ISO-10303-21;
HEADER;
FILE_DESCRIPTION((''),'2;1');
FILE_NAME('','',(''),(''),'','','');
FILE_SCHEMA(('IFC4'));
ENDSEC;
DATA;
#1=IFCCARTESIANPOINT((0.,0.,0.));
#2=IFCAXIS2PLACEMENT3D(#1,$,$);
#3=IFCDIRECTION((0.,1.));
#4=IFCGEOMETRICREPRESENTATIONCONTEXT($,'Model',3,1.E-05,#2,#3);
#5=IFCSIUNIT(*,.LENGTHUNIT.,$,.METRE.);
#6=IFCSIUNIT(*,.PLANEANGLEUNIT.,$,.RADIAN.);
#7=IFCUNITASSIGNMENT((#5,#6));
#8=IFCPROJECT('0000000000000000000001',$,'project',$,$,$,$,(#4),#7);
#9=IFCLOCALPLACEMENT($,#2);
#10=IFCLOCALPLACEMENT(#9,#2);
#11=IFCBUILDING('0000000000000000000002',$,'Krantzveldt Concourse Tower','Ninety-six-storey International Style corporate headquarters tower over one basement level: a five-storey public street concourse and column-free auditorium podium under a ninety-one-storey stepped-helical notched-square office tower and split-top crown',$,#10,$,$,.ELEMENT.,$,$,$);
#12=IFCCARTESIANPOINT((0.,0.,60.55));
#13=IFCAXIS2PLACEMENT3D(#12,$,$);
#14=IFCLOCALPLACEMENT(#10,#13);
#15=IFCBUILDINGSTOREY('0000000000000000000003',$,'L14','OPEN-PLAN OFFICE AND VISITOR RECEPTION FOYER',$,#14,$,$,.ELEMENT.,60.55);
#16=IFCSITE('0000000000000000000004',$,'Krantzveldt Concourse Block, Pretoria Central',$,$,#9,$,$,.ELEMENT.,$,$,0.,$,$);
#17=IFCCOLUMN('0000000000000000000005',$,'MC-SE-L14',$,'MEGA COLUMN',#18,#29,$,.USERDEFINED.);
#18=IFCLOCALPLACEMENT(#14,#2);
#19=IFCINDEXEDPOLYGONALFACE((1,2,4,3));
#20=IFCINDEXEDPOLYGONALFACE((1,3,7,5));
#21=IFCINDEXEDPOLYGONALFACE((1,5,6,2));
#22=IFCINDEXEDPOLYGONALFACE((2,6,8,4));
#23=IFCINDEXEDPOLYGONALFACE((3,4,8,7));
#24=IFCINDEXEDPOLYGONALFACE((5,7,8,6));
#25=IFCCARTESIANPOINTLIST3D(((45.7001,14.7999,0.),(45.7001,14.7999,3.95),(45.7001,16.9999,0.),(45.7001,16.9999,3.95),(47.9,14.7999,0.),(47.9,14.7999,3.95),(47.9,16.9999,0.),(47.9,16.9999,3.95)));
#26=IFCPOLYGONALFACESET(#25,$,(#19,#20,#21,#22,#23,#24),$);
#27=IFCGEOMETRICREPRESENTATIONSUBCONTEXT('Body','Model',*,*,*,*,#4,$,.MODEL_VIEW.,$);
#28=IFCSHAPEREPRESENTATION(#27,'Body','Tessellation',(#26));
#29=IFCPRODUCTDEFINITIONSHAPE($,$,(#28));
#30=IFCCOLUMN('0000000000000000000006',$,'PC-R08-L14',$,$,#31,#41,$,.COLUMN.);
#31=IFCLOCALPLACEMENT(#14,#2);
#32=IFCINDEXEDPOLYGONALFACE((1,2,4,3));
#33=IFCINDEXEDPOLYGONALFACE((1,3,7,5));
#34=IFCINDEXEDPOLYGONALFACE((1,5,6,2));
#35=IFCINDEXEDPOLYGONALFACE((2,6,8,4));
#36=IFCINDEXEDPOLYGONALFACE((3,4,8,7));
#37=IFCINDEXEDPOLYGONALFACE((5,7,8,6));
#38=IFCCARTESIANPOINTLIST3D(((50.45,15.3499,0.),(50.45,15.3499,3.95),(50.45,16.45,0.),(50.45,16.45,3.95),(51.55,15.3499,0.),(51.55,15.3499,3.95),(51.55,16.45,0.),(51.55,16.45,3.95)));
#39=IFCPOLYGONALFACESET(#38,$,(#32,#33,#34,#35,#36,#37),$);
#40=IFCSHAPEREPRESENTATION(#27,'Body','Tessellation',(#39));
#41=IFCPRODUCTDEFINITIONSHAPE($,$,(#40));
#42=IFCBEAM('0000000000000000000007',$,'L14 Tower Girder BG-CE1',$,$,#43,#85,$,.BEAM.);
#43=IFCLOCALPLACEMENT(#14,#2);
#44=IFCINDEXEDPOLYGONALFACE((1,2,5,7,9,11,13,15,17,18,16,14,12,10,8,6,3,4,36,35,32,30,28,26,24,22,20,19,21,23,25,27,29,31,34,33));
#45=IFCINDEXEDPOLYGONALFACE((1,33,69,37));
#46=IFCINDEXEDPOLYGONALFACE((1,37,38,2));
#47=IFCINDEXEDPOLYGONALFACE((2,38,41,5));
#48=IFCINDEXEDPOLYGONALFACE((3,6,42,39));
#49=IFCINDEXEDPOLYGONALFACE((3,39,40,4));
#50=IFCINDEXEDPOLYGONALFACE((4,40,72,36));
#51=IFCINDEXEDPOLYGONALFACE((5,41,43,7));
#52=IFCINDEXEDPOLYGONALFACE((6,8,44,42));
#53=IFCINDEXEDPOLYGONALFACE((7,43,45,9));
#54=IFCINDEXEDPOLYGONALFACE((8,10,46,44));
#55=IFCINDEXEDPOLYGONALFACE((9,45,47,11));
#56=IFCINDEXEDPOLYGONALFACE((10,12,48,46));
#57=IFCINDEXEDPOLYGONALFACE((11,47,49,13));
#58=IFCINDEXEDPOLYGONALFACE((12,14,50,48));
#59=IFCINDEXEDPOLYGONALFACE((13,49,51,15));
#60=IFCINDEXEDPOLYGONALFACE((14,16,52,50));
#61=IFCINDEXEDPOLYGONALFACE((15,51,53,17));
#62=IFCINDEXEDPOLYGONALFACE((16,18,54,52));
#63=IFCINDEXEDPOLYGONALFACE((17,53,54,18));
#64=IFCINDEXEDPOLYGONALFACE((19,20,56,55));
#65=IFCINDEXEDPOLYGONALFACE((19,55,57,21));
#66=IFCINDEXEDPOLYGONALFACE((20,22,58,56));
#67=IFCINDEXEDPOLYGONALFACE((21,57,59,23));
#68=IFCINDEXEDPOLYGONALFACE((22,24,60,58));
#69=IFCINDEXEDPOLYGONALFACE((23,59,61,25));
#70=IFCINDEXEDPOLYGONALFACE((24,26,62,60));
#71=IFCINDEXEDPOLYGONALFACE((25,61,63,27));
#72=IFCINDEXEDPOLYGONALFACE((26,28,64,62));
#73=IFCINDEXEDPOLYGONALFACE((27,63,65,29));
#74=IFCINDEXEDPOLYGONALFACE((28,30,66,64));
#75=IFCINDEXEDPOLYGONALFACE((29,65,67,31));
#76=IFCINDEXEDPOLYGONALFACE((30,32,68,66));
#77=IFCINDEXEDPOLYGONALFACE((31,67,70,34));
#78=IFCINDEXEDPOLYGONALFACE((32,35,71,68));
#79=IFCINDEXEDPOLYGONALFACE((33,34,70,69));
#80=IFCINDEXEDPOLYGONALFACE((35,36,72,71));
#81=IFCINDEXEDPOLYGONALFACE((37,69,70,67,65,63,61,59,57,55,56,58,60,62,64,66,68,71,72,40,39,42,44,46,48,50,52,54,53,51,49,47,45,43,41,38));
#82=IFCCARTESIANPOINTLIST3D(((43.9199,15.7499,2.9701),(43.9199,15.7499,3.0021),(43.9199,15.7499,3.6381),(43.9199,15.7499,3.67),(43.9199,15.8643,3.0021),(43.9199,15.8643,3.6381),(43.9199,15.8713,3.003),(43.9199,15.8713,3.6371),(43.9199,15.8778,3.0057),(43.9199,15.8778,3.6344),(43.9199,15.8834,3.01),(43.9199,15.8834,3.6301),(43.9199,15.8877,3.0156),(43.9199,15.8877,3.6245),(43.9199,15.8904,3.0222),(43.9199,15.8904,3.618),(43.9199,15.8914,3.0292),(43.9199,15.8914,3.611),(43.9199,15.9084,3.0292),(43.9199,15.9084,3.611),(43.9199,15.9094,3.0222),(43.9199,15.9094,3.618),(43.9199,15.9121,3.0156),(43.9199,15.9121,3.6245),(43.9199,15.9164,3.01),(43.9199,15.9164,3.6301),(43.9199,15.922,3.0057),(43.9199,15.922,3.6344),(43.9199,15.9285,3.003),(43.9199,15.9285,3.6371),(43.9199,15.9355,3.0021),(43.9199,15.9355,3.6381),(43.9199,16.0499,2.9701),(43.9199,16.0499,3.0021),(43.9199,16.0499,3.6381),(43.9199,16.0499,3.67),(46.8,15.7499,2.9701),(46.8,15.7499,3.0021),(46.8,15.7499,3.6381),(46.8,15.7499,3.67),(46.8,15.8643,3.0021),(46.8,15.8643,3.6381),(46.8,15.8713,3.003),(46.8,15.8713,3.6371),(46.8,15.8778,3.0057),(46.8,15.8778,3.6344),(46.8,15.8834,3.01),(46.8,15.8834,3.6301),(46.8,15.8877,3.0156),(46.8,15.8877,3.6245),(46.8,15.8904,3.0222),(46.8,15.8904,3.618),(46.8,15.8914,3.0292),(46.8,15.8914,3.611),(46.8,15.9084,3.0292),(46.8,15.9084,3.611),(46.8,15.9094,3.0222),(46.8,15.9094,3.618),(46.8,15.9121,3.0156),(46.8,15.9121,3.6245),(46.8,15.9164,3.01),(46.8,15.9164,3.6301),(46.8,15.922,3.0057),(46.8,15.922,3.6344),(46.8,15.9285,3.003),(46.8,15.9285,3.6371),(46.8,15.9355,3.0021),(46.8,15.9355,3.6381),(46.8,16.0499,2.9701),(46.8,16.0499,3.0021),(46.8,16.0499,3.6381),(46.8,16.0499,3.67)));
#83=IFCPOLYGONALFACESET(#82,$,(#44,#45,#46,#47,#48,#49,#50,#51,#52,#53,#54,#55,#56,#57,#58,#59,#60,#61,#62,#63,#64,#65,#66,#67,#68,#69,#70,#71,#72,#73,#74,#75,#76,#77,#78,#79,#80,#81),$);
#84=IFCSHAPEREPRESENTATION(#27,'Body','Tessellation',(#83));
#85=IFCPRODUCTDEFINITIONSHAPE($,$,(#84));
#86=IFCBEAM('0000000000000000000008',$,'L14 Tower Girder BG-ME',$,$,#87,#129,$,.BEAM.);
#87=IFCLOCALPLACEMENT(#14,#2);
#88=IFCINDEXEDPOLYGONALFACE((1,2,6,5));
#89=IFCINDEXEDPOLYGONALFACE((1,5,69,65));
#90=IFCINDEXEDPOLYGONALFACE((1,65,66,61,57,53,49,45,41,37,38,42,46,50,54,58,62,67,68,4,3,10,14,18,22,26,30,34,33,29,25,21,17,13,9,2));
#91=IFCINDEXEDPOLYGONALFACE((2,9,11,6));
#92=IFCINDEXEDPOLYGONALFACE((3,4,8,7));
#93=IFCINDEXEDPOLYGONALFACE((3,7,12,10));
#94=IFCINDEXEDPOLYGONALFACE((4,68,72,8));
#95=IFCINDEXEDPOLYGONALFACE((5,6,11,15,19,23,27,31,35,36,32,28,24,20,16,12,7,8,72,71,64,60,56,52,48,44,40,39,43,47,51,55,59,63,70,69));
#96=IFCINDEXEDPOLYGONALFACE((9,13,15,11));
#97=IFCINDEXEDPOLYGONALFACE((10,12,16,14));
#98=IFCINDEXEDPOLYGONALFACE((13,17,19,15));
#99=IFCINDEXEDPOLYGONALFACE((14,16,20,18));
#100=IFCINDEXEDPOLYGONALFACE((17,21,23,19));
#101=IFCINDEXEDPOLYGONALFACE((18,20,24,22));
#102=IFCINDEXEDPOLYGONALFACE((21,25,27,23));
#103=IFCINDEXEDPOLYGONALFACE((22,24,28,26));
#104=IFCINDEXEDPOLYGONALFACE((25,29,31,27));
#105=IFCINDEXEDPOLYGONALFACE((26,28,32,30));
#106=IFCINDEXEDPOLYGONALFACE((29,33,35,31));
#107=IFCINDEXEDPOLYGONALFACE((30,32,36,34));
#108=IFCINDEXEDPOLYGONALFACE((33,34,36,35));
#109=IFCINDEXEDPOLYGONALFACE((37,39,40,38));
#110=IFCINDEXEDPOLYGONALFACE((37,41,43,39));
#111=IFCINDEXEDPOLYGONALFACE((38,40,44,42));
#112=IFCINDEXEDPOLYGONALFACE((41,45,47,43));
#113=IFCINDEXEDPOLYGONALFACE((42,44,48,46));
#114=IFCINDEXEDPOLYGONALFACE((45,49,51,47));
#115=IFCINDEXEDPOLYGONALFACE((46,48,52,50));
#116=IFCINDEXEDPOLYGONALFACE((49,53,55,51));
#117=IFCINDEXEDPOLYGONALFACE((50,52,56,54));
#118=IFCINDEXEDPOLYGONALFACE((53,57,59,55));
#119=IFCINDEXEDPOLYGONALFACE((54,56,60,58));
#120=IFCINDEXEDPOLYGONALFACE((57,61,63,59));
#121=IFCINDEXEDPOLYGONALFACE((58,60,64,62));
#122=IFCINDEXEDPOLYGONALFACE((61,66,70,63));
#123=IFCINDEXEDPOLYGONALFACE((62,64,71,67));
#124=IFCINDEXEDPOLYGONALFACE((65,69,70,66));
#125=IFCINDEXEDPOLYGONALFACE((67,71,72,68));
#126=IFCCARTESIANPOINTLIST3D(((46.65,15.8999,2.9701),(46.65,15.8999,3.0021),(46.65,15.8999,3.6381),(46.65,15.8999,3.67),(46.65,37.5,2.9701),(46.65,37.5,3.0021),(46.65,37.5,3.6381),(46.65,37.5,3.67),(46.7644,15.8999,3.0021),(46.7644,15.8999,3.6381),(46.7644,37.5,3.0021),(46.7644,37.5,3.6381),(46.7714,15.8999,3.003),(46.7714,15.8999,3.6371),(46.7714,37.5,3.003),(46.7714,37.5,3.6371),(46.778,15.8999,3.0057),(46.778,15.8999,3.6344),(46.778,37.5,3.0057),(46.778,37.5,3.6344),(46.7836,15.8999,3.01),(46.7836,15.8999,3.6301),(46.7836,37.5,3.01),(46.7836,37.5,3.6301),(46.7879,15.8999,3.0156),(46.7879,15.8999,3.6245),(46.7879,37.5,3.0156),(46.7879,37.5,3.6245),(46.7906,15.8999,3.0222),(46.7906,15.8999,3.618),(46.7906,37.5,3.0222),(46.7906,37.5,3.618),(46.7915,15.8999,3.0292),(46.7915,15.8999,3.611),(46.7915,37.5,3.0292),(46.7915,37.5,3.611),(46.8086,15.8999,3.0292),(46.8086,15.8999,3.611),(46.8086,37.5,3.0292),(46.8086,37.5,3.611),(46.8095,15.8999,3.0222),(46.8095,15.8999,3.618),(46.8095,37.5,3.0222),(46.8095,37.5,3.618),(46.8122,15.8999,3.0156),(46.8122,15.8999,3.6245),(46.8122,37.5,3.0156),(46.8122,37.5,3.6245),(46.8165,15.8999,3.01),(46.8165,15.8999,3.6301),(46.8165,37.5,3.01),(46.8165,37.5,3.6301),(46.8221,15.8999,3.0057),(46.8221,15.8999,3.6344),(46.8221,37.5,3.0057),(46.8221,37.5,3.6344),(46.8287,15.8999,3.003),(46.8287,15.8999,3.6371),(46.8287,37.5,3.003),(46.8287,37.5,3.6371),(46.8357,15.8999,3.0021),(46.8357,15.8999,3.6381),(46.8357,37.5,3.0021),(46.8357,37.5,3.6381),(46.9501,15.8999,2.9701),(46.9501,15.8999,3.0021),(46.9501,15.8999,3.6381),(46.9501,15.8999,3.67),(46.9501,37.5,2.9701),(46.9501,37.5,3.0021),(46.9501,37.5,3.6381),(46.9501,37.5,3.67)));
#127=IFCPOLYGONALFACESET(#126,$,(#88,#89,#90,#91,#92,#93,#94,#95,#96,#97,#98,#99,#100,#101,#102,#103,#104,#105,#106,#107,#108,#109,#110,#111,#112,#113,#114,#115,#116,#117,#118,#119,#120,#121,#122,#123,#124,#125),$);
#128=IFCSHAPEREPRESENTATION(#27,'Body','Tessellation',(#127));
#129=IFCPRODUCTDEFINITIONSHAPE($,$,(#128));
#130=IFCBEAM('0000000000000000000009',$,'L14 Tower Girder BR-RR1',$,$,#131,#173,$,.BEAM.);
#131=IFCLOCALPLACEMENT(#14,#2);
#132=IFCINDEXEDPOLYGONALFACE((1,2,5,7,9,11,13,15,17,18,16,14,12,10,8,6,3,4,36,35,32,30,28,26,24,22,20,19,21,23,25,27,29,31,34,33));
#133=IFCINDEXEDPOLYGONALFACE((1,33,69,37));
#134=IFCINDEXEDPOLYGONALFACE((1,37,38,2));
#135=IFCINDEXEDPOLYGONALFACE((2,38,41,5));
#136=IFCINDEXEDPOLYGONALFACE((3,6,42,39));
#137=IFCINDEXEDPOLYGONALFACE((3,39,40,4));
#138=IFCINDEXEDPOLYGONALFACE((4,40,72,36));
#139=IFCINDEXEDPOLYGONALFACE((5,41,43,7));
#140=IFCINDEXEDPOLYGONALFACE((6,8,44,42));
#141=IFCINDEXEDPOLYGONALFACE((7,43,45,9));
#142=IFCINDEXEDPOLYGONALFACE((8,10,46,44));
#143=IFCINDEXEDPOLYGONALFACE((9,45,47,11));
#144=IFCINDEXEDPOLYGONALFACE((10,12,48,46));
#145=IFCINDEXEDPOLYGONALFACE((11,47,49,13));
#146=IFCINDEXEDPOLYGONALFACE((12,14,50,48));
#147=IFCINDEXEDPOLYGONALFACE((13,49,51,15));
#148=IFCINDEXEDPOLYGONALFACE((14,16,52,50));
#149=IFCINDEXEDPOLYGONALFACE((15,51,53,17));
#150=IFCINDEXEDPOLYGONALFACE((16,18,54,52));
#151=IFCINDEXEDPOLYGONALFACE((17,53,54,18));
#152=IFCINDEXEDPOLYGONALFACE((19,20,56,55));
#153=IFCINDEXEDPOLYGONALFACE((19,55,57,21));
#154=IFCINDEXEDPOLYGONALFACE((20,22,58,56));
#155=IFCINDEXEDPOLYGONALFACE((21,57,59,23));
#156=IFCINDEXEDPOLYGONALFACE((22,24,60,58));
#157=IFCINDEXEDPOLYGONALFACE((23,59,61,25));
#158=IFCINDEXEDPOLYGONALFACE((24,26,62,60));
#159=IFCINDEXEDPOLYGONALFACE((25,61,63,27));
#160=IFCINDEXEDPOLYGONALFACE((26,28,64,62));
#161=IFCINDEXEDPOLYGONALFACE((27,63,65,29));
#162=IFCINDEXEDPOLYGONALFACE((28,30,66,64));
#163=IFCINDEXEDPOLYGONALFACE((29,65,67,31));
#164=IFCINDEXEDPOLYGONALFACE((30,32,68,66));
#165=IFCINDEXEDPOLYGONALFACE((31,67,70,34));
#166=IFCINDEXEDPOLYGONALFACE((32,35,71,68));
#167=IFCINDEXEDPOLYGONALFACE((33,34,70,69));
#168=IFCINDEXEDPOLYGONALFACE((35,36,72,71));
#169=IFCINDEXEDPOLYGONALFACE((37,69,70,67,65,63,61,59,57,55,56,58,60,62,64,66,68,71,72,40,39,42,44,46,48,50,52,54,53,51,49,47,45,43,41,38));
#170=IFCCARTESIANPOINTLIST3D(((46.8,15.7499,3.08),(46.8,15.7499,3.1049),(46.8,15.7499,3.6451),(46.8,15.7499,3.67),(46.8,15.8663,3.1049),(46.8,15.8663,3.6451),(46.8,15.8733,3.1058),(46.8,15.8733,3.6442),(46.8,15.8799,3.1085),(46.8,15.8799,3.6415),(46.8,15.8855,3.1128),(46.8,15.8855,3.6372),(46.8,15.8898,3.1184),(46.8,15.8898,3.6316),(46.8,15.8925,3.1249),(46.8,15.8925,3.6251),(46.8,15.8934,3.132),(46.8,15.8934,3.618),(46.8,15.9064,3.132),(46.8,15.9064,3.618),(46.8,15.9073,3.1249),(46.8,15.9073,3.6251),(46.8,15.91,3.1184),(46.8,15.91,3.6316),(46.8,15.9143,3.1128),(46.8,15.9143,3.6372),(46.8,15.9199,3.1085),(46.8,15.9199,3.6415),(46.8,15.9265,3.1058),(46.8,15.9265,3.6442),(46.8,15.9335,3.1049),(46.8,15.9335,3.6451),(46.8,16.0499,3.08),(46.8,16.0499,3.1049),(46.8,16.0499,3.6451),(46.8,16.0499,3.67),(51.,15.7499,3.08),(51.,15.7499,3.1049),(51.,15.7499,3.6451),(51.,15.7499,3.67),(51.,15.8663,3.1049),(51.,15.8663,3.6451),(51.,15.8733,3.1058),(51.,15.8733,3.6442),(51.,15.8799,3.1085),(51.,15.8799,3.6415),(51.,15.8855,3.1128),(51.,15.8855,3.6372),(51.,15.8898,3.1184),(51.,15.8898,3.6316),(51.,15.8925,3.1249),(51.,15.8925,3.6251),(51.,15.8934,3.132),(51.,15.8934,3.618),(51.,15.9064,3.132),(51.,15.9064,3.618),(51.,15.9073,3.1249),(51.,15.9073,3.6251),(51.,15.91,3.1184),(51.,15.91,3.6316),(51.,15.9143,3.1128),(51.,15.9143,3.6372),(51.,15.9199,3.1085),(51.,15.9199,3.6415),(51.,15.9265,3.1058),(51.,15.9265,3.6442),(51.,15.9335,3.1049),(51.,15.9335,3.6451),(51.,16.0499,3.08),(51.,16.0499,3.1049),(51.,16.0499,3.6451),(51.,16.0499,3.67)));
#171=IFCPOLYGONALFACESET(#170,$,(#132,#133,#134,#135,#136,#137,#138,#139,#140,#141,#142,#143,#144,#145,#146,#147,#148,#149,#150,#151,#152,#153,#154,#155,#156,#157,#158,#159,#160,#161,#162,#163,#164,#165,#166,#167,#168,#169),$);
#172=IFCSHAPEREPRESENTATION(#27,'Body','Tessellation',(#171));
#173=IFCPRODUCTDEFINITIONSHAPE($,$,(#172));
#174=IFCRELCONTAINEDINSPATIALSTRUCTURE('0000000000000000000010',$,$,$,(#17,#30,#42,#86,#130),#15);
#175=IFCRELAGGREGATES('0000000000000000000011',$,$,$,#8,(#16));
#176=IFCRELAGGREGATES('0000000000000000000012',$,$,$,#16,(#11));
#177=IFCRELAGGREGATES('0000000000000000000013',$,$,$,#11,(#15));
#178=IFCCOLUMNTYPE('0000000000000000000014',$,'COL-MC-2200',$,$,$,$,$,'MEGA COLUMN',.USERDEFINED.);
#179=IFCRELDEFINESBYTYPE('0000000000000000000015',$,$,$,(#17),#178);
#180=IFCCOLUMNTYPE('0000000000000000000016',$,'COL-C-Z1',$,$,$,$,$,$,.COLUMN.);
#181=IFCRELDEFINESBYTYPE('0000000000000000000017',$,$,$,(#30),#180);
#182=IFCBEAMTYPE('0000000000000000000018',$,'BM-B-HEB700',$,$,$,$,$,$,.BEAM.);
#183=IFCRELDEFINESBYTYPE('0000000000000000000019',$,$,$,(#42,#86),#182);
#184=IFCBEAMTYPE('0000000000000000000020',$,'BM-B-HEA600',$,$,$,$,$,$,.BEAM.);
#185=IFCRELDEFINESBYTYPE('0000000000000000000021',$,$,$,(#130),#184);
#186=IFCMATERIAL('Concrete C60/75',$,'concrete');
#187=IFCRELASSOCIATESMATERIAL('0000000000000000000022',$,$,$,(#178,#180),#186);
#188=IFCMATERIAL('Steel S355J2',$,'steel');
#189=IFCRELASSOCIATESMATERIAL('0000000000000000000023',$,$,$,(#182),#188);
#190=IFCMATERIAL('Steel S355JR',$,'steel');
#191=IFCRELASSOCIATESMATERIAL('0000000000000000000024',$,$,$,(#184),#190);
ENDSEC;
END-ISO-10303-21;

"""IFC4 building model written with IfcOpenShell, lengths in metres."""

from ifc_helpers import new_model, si_unit, direction, frame, origin, origin_2d, place, context, subcontext, project, spatial, rectangle, i_section, extrude, source, transform, mapped, material, material_profile, profile_set, type_object, type_shapes, element, save


model = new_model("IFC4")

# Units and contexts
model_context = context("Model", 3, precision=1e-05, world=origin(), true_north=direction((0.0, 1.0)))
body_context = subcontext(model_context, "Body", "Model", "MODEL_VIEW")
ifc_project = project(units=[si_unit("LENGTHUNIT", "METRE"), si_unit("PLANEANGLEUNIT", "RADIAN")], contexts=[model_context])

# Site, building, storey
site_placement = place(None, origin())
site = spatial("IfcSite", under=ifc_project, at=site_placement, Name="Krantzveldt Concourse Block, Pretoria Central", CompositionType="ELEMENT", RefElevation=0.0)
building_placement = place(site_placement, origin())
building = spatial("IfcBuilding", under=site, at=building_placement, Name="Krantzveldt Concourse Tower", Description="Ninety-six-storey International Style corporate headquarters tower over one basement level: a five-storey public street concourse and column-free auditorium podium under a ninety-one-storey stepped-helical notched-square office tower and split-top crown", CompositionType="ELEMENT")
storey_placement = place(building_placement, frame((0.0, 0.0, 60.55)))
storey = spatial("IfcBuildingStorey", under=building, at=storey_placement, Name="L14", Description="OPEN-PLAN OFFICE AND VISITOR RECEPTION FOYER", CompositionType="ELEMENT", Elevation=60.55)

# Columns
ifc_material_1 = material(Name="Concrete C60/75", Category="concrete")
ifc_material_profile_1 = material_profile(ifc_material_1, rectangle(XDim=2.2, YDim=2.2, at=origin_2d()), Name="Concrete C60/75", Category="concrete")
ifc_profile_set_1 = profile_set([ifc_material_profile_1], Name="Concrete C60/75 - RC 2200x2200")
column_type_1 = type_object("IfcColumnType", Name="COL-MC-2200", ElementType="MEGA COLUMN", PredefinedType="USERDEFINED", material=ifc_profile_set_1)
shared_shape_1 = source(origin(), body_context, "Body", "SweptSolid", [
    extrude(rectangle(XDim=2.2, YDim=2.2, at=origin_2d()), origin(), (0.0, 0.0, 1.0), 3.95),
])
type_shapes(column_type_1, [shared_shape_1])
column_1_placement = place(storey_placement, frame((46.8, 15.8999, 0.0), z_axis=(0.0, 0.0, 1.0), x_axis=(1.0, 0.0, 0.0)))
element("IfcColumn", 1, at=column_1_placement, inside=storey, type_object=column_type_1, Name="MC-SE-L14", ObjectType="MEGA COLUMN", PredefinedType="USERDEFINED", context=body_context, shape_type="MappedRepresentation", body=[
    mapped(shared_shape_1, transform((0.0, 0.0, 0.0), x_axis=(1.0, 0.0, 0.0), y_axis=(0.0, 1.0, 0.0), z_axis=(0.0, 0.0, 1.0), scale=1.0)),
])
ifc_material_profile_2 = material_profile(ifc_material_1, rectangle(XDim=1.1001, YDim=1.1001, at=origin_2d()), Name="Concrete C60/75", Category="concrete")
ifc_profile_set_2 = profile_set([ifc_material_profile_2], Name="Concrete C60/75 - RC 1100x1100")
column_type_2 = type_object("IfcColumnType", Name="COL-C-Z1", PredefinedType="COLUMN", material=ifc_profile_set_2)
shared_shape_2 = source(origin(), body_context, "Body", "SweptSolid", [
    extrude(rectangle(XDim=1.1001, YDim=1.1001, at=origin_2d()), origin(), (0.0, 0.0, 1.0), 3.95),
])
type_shapes(column_type_2, [shared_shape_2])
column_2_placement = place(storey_placement, frame((51.0, 15.8999, 0.0), z_axis=(0.0, 0.0, 1.0), x_axis=(1.0, 0.0, 0.0)))
element("IfcColumn", 2, at=column_2_placement, inside=storey, type_object=column_type_2, Name="PC-R08-L14", PredefinedType="COLUMN", context=body_context, shape_type="MappedRepresentation", body=[
    mapped(shared_shape_2, transform((0.0, 0.0, 0.0), x_axis=(1.0, 0.0, 0.0), y_axis=(0.0, 1.0, 0.0), z_axis=(0.0, 0.0, 1.0), scale=1.0)),
])

# Beams
ifc_material_2 = material(Name="Steel S355J2", Category="steel")
ifc_material_profile_3 = material_profile(ifc_material_2, i_section(OverallWidth=0.3, OverallDepth=0.7, WebThickness=0.0171, FlangeThickness=0.032, FilletRadius=0.0271, at=origin_2d()), Name="Steel S355J2", Category="steel")
ifc_profile_set_3 = profile_set([ifc_material_profile_3], Name="Steel S355J2 - HEB 700")
beam_type_1 = type_object("IfcBeamType", Name="BM-B-HEB700", PredefinedType="BEAM", material=ifc_profile_set_3)
shared_shape_3 = source(origin(), body_context, "Body", "SweptSolid", [
    extrude(i_section(OverallWidth=0.3, OverallDepth=0.7, WebThickness=0.0171, FlangeThickness=0.032, FilletRadius=0.0271, at=origin_2d()), origin(), (0.0, 0.0, 1.0), 2.8801),
])
beam_1_placement = place(storey_placement, frame((43.9199, 15.8999, 3.3201), z_axis=(1.0, 0.0, 0.0), x_axis=(0.0, 1.0, 0.0)))
element("IfcBeam", 3, at=beam_1_placement, inside=storey, type_object=beam_type_1, Name="L14 Tower Girder BG-CE1", PredefinedType="BEAM", context=body_context, shape_type="MappedRepresentation", body=[
    mapped(shared_shape_3, transform((0.0, 0.0, 0.0), x_axis=(1.0, 0.0, 0.0), y_axis=(0.0, 1.0, 0.0), z_axis=(0.0, 0.0, 1.0), scale=1.0)),
])
shared_shape_4 = source(origin(), body_context, "Body", "SweptSolid", [
    extrude(i_section(OverallWidth=0.3, OverallDepth=0.7, WebThickness=0.0171, FlangeThickness=0.032, FilletRadius=0.0271, at=origin_2d()), origin(), (0.0, 0.0, 1.0), 21.6001),
])
type_shapes(beam_type_1, [shared_shape_3, shared_shape_4])
beam_2_placement = place(storey_placement, frame((46.8, 15.8999, 3.3201), z_axis=(0.0, 1.0, 0.0), x_axis=(-1.0, 0.0, 0.0)))
element("IfcBeam", 4, at=beam_2_placement, inside=storey, type_object=beam_type_1, Name="L14 Tower Girder BG-ME", PredefinedType="BEAM", context=body_context, shape_type="MappedRepresentation", body=[
    mapped(shared_shape_4, transform((0.0, 0.0, 0.0), x_axis=(1.0, 0.0, 0.0), y_axis=(0.0, 1.0, 0.0), z_axis=(0.0, 0.0, 1.0), scale=1.0)),
])
ifc_material_3 = material(Name="Steel S355JR", Category="steel")
ifc_material_profile_4 = material_profile(ifc_material_3, i_section(OverallWidth=0.3, OverallDepth=0.5901, WebThickness=0.0129, FlangeThickness=0.0249, FilletRadius=0.0271, at=origin_2d()), Name="Steel S355JR", Category="steel")
ifc_profile_set_4 = profile_set([ifc_material_profile_4], Name="Steel S355JR - HEA 600")
beam_type_2 = type_object("IfcBeamType", Name="BM-B-HEA600", PredefinedType="BEAM", material=ifc_profile_set_4)
shared_shape_5 = source(origin(), body_context, "Body", "SweptSolid", [
    extrude(i_section(OverallWidth=0.3, OverallDepth=0.5901, WebThickness=0.0129, FlangeThickness=0.0249, FilletRadius=0.0271, at=origin_2d()), origin(), (0.0, 0.0, 1.0), 4.2),
])
beam_3_placement = place(storey_placement, frame((46.8, 15.8999, 3.375), z_axis=(1.0, 0.0, 0.0), x_axis=(0.0, 1.0, 0.0)))
element("IfcBeam", 5, at=beam_3_placement, inside=storey, type_object=beam_type_2, Name="L14 Tower Girder BR-RR1", PredefinedType="BEAM", context=body_context, shape_type="MappedRepresentation", body=[
    mapped(shared_shape_5, transform((0.0, 0.0, 0.0), x_axis=(1.0, 0.0, 0.0), y_axis=(0.0, 1.0, 0.0), z_axis=(0.0, 0.0, 1.0), scale=1.0)),
])

save(model, "model.ifc")
